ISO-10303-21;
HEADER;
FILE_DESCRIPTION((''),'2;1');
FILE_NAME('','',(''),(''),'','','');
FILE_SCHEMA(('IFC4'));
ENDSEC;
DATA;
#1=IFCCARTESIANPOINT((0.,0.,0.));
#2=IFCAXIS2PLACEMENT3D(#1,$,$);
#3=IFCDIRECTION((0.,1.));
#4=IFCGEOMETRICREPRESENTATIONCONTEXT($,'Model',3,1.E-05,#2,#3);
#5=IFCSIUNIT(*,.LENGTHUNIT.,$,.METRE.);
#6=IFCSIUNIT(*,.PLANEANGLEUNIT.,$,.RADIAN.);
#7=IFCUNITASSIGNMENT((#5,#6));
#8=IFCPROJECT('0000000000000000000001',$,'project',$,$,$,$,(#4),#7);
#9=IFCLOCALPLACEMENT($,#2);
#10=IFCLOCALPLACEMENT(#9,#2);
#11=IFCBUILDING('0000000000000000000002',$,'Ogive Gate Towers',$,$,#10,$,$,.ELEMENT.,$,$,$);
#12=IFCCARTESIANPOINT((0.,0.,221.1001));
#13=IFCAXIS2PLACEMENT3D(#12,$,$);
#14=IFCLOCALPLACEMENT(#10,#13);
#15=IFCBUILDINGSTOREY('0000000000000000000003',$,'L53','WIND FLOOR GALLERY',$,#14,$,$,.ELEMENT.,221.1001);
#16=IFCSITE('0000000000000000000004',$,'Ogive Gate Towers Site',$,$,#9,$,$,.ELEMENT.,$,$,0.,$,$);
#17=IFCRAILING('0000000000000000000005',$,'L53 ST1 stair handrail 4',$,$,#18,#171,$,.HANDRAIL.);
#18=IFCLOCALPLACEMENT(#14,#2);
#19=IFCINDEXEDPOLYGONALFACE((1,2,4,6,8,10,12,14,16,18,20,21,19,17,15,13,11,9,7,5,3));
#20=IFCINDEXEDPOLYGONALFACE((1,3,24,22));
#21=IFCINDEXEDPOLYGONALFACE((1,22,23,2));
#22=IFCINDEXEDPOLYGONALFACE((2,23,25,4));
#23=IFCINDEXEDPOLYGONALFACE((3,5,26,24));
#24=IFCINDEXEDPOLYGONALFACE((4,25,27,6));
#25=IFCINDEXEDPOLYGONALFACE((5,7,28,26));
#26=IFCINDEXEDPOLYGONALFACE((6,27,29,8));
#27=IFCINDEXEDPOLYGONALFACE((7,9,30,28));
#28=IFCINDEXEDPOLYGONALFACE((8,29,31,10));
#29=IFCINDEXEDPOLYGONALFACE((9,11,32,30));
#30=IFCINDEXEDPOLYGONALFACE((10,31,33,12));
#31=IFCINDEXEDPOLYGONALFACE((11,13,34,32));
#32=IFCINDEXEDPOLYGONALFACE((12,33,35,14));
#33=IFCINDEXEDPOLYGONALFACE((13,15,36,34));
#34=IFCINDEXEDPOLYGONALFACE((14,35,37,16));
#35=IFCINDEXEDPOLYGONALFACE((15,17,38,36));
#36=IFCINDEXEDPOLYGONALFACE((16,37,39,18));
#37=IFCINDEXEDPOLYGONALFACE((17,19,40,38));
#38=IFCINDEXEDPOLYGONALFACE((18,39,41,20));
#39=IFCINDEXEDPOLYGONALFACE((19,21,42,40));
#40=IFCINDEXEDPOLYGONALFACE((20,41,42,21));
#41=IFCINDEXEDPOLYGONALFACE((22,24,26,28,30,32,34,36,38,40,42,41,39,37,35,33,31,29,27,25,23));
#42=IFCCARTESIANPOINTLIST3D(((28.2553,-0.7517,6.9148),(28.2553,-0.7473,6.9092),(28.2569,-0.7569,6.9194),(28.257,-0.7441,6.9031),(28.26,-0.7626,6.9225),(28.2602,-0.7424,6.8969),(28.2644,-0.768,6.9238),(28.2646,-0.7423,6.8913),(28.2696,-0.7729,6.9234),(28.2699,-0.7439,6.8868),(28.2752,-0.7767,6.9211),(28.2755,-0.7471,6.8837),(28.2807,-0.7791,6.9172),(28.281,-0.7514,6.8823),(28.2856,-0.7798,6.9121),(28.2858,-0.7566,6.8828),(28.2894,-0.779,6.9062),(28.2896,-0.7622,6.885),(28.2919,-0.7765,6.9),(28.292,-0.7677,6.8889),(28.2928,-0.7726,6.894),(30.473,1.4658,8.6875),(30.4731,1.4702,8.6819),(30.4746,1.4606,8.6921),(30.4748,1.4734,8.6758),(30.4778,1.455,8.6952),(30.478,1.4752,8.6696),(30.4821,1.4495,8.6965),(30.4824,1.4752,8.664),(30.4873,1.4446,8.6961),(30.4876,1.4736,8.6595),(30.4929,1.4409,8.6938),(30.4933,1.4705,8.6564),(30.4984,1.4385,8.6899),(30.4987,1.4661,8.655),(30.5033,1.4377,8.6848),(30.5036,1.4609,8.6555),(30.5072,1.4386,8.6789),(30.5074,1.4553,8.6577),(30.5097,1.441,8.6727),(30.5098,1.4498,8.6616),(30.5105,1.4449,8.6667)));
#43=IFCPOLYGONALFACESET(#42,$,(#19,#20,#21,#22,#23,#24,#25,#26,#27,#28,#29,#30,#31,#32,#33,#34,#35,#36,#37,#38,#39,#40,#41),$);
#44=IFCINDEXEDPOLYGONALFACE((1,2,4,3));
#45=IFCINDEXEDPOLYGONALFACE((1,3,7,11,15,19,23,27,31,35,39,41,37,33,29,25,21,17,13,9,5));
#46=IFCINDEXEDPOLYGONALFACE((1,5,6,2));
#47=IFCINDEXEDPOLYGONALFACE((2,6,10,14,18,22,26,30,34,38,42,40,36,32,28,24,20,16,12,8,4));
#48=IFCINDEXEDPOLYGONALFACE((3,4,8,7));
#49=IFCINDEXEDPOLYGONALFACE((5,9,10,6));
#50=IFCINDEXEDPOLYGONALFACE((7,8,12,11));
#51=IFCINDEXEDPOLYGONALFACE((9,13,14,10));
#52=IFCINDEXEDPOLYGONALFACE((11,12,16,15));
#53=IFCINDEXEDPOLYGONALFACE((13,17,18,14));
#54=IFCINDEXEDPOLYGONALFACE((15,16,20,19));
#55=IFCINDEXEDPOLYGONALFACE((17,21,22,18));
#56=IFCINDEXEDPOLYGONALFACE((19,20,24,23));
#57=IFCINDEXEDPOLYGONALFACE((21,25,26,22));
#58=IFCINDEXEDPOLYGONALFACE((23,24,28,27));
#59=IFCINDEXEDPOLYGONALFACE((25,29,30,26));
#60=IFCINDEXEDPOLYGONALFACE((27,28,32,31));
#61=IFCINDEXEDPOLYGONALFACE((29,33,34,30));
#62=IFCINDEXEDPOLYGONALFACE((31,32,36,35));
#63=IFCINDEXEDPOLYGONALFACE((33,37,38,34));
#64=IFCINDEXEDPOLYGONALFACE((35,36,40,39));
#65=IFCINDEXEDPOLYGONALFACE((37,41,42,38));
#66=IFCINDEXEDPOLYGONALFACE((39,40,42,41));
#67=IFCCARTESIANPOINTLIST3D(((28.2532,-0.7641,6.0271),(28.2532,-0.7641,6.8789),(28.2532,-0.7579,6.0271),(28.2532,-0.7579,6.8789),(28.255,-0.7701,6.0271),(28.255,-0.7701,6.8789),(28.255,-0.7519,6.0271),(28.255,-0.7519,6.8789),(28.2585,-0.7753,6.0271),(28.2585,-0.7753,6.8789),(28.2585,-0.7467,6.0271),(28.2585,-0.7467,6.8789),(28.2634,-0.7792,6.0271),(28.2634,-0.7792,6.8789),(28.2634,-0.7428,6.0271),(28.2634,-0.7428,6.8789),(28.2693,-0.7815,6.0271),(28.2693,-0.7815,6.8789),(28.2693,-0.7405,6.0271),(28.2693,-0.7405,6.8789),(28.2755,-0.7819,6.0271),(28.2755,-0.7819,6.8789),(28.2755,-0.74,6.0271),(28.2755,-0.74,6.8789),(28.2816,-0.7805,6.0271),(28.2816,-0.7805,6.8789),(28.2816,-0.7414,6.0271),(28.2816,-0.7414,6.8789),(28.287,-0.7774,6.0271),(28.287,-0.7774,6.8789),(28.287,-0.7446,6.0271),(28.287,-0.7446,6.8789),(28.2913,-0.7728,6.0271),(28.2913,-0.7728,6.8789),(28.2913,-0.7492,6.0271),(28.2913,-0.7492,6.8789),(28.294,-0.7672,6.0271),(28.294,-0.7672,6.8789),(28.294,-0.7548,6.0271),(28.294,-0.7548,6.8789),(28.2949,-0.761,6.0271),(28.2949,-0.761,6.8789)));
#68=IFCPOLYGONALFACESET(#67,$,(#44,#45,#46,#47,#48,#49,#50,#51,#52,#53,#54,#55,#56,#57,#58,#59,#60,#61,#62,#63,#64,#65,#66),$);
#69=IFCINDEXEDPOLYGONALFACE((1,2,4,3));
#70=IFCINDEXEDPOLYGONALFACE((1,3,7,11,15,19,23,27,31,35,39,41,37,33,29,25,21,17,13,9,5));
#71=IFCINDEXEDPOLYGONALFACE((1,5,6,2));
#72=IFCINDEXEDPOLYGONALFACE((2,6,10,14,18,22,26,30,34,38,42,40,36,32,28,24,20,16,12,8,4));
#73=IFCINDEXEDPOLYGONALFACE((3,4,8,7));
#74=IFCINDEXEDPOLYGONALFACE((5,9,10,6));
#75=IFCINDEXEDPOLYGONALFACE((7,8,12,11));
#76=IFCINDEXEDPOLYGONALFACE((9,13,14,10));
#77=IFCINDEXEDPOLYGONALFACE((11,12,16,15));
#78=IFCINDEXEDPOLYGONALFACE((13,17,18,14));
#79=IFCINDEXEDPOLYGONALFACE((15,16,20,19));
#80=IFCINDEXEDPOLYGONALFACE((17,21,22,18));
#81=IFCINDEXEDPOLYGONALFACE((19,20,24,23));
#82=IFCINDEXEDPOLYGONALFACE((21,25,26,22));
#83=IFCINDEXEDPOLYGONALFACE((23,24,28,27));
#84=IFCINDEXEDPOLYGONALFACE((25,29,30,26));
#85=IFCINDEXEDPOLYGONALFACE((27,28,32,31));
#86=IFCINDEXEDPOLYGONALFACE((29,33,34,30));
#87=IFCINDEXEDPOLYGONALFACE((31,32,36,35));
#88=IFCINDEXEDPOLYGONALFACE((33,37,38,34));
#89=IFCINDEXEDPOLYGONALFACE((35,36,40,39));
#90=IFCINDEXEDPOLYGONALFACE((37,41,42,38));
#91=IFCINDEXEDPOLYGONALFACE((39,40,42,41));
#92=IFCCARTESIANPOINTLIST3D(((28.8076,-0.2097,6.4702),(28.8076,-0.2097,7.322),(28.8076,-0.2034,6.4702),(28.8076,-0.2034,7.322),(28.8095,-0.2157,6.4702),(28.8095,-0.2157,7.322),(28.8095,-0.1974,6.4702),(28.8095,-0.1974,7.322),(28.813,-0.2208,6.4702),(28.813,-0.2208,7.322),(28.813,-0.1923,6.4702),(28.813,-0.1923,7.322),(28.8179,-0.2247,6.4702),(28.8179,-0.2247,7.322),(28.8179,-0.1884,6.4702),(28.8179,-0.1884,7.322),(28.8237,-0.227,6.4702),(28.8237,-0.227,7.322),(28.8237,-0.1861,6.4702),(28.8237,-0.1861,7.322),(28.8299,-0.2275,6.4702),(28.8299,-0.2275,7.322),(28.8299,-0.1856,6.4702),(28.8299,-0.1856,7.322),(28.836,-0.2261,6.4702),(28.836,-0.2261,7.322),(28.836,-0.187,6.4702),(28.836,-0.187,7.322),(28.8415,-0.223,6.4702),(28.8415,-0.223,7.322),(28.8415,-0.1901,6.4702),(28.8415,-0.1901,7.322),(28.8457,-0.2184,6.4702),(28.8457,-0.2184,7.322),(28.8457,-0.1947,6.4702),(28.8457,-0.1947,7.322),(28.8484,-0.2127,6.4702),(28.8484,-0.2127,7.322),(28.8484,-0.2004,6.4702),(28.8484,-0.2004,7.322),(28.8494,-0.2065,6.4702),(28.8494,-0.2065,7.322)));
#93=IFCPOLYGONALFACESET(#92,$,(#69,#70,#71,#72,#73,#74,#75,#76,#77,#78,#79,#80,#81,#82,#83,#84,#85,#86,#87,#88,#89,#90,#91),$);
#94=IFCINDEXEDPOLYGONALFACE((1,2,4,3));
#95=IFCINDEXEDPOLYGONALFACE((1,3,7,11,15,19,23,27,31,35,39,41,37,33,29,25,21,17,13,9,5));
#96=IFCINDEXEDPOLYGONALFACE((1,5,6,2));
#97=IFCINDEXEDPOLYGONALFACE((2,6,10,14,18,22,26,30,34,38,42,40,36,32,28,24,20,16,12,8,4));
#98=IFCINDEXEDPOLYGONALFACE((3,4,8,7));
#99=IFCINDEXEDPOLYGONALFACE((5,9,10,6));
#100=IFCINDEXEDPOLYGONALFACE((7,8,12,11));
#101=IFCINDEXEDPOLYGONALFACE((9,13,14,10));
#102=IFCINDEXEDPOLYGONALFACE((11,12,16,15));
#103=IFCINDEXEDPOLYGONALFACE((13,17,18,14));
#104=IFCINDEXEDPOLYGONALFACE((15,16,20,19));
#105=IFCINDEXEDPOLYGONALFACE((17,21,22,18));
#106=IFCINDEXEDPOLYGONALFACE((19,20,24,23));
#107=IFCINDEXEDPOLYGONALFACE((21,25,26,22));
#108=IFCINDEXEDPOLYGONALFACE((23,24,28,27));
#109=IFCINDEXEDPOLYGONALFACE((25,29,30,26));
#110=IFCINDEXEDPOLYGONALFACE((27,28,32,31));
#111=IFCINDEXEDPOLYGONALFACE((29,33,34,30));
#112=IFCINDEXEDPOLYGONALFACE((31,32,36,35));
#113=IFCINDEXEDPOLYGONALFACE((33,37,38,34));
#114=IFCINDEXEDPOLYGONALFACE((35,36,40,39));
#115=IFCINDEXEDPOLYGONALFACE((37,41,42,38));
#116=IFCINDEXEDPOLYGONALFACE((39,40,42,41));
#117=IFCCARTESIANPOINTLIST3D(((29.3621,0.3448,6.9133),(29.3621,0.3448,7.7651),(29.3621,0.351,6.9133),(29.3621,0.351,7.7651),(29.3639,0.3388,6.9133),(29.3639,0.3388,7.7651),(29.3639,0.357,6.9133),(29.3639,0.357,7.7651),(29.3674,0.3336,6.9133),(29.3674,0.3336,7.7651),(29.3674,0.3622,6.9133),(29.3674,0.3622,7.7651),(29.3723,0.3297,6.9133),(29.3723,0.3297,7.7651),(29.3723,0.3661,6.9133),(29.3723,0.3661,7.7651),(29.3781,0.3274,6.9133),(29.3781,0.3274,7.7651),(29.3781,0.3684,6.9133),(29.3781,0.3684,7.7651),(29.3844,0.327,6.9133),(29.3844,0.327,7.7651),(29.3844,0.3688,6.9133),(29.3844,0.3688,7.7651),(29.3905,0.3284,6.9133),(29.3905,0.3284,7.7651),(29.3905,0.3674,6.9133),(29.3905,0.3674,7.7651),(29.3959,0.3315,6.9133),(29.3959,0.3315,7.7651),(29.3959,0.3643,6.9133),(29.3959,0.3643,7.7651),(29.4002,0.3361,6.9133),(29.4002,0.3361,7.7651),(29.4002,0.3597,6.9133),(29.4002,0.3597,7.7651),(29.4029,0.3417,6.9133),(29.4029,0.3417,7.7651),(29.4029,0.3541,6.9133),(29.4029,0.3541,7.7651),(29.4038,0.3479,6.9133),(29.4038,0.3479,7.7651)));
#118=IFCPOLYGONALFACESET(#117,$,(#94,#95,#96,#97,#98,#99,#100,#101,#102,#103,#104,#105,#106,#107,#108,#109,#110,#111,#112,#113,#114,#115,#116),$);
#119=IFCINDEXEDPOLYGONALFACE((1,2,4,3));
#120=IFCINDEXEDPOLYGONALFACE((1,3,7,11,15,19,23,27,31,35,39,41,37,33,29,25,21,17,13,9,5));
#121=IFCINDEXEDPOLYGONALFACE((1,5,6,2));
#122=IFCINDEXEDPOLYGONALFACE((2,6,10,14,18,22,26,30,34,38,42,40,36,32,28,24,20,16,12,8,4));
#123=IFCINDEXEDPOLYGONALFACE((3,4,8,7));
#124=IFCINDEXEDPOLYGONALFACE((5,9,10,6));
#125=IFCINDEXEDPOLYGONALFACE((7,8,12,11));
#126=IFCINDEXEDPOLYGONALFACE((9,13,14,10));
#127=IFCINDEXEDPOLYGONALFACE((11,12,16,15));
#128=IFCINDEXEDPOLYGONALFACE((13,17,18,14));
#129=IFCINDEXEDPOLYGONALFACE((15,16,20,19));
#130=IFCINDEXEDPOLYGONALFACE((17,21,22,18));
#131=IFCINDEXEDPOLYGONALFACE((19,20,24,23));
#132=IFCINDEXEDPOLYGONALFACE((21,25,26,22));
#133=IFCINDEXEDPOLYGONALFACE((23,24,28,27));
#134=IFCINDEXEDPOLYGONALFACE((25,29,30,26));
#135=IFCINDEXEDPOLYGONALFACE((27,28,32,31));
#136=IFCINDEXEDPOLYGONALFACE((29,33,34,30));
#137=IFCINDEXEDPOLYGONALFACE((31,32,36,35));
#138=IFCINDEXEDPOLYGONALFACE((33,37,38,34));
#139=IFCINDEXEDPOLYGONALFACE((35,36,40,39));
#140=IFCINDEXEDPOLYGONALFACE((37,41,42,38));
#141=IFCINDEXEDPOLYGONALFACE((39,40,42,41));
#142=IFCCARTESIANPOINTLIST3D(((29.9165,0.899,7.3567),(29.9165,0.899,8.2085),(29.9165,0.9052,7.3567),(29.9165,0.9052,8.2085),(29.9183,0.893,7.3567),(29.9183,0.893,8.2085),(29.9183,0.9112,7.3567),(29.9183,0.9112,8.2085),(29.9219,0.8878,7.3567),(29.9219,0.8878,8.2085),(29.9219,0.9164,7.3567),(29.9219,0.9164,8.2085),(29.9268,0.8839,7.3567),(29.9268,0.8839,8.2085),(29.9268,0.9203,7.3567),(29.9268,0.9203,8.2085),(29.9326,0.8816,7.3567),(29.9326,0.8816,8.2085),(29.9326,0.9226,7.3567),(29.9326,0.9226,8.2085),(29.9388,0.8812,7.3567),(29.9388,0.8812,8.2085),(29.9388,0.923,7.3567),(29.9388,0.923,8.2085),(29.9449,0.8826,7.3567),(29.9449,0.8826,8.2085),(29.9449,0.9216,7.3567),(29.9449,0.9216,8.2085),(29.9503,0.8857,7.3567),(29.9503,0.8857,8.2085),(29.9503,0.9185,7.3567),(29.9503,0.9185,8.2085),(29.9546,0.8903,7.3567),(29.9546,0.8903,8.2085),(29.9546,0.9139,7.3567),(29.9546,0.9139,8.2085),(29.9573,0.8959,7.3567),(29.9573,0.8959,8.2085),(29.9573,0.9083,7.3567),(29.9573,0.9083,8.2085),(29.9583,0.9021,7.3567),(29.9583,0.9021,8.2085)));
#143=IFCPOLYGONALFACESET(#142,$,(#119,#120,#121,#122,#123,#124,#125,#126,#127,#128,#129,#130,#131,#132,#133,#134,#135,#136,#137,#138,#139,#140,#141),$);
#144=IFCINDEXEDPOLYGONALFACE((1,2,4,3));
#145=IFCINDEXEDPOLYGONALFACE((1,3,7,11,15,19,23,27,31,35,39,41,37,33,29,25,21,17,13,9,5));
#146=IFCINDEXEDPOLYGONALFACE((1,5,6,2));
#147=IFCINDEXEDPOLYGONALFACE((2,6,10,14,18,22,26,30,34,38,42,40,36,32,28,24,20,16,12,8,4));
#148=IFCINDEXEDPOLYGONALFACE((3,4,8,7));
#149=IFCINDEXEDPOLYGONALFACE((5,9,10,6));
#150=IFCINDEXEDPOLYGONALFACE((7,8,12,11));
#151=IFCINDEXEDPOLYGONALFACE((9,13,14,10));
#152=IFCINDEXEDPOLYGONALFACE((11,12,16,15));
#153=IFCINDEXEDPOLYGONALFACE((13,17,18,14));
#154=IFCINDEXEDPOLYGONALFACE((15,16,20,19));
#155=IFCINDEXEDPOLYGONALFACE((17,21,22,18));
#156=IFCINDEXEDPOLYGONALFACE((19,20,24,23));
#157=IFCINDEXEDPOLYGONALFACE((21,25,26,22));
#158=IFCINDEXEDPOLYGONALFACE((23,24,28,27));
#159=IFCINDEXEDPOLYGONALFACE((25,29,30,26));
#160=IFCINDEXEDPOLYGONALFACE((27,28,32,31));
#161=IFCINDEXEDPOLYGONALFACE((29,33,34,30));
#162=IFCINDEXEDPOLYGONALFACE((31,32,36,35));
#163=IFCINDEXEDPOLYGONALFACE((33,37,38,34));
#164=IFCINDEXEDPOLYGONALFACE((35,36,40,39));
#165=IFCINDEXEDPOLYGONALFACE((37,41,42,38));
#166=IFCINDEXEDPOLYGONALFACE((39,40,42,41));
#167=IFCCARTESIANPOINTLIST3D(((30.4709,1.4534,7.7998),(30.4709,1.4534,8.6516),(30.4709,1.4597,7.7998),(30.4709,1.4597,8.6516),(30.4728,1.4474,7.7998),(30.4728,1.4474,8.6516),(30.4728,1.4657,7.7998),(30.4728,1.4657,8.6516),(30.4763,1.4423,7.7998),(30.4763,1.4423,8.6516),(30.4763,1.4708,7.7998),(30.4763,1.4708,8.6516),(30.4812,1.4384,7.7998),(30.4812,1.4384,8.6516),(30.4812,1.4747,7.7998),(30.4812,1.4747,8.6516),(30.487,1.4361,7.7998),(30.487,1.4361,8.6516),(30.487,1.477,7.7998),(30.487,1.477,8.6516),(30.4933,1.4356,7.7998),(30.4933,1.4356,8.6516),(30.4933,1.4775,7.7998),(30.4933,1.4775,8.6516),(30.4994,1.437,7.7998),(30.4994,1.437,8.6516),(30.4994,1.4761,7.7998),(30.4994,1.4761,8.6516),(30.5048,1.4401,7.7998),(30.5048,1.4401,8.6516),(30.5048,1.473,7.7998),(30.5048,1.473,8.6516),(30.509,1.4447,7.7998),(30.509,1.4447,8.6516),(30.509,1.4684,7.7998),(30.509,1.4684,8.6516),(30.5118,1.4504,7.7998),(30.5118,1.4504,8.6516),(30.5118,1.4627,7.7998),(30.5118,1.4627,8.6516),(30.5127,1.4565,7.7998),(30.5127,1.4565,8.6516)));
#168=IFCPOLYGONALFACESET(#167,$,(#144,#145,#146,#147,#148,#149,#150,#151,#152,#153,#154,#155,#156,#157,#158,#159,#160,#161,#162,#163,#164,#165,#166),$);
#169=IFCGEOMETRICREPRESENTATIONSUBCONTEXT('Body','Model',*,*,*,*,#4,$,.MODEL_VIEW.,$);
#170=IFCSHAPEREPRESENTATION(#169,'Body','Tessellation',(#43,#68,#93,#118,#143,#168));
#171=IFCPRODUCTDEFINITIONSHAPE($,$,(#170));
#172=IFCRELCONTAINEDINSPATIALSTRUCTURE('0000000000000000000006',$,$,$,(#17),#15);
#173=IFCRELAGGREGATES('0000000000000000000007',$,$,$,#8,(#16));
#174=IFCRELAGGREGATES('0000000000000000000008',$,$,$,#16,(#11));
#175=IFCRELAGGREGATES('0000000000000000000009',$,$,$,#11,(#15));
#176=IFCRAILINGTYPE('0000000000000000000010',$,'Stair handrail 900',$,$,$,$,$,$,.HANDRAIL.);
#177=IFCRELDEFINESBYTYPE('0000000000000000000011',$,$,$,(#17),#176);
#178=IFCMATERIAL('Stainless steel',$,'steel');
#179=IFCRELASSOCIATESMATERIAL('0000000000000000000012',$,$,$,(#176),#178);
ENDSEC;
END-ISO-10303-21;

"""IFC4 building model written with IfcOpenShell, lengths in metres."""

from ifc_helpers import new_model, si_unit, direction, frame, origin, origin_2d, place, context, subcontext, project, spatial, circle, extrude, material, type_object, element, save


model = new_model("IFC4")

# Units and contexts
model_context = context("Model", 3, precision=1e-05, world=origin(), true_north=direction((0.0, 1.0)))
body_context = subcontext(model_context, "Body", "Model", "MODEL_VIEW")
ifc_project = project(units=[si_unit("LENGTHUNIT", "METRE"), si_unit("PLANEANGLEUNIT", "RADIAN")], contexts=[model_context])

# Site, building, storey
site_placement = place(None, origin())
site = spatial("IfcSite", under=ifc_project, at=site_placement, Name="Ogive Gate Towers Site", CompositionType="ELEMENT", RefElevation=0.0)
building_placement = place(site_placement, origin())
building = spatial("IfcBuilding", under=site, at=building_placement, Name="Ogive Gate Towers", CompositionType="ELEMENT")
storey_placement = place(building_placement, frame((0.0, 0.0, 221.1001)))
storey = spatial("IfcBuildingStorey", under=building, at=storey_placement, Name="L53", Description="WIND FLOOR GALLERY", CompositionType="ELEMENT", Elevation=221.1001)

# Railing
ifc_material_1 = material(Name="Stainless steel", Category="steel")
railing_type_1 = type_object("IfcRailingType", Name="Stair handrail 900", PredefinedType="HANDRAIL", material=ifc_material_1)
for number, where, name in (
    (1, (28.2739, -0.761, 6.0271), "L53 ST1 stair handrail 4"),
):
    element("IfcRailing", number, at=place(storey_placement, frame(where)), inside=storey, type_object=railing_type_1, Name=name, PredefinedType="HANDRAIL", context=body_context, shape_type="SweptSolid", body=[
        extrude(circle(Radius=0.0239, at=origin_2d()), frame((0.0, 0.0, 0.876), z_axis=(0.61561, 0.615543, 0.492068), x_axis=(-0.707068, 0.707146, 0.0)), (0.0, 0.0, 1.0), 3.6025),
        extrude(circle(Radius=0.021, at=origin_2d()), origin(), (0.0, 0.0, 1.0), 0.8518),
        extrude(circle(Radius=0.021, at=origin_2d()), frame((0.5544, 0.5544, 0.4431)), (0.0, 0.0, 1.0), 0.8518),
        extrude(circle(Radius=0.021, at=origin_2d()), frame((1.1089, 1.1089, 0.8862)), (0.0, 0.0, 1.0), 0.8518),
        extrude(circle(Radius=0.021, at=origin_2d()), frame((1.6633, 1.6631, 1.3296)), (0.0, 0.0, 1.0), 0.8518),
        extrude(circle(Radius=0.021, at=origin_2d()), frame((2.2178, 2.2175, 1.7727)), (0.0, 0.0, 1.0), 0.8518),
    ])

save(model, "model.ifc")
